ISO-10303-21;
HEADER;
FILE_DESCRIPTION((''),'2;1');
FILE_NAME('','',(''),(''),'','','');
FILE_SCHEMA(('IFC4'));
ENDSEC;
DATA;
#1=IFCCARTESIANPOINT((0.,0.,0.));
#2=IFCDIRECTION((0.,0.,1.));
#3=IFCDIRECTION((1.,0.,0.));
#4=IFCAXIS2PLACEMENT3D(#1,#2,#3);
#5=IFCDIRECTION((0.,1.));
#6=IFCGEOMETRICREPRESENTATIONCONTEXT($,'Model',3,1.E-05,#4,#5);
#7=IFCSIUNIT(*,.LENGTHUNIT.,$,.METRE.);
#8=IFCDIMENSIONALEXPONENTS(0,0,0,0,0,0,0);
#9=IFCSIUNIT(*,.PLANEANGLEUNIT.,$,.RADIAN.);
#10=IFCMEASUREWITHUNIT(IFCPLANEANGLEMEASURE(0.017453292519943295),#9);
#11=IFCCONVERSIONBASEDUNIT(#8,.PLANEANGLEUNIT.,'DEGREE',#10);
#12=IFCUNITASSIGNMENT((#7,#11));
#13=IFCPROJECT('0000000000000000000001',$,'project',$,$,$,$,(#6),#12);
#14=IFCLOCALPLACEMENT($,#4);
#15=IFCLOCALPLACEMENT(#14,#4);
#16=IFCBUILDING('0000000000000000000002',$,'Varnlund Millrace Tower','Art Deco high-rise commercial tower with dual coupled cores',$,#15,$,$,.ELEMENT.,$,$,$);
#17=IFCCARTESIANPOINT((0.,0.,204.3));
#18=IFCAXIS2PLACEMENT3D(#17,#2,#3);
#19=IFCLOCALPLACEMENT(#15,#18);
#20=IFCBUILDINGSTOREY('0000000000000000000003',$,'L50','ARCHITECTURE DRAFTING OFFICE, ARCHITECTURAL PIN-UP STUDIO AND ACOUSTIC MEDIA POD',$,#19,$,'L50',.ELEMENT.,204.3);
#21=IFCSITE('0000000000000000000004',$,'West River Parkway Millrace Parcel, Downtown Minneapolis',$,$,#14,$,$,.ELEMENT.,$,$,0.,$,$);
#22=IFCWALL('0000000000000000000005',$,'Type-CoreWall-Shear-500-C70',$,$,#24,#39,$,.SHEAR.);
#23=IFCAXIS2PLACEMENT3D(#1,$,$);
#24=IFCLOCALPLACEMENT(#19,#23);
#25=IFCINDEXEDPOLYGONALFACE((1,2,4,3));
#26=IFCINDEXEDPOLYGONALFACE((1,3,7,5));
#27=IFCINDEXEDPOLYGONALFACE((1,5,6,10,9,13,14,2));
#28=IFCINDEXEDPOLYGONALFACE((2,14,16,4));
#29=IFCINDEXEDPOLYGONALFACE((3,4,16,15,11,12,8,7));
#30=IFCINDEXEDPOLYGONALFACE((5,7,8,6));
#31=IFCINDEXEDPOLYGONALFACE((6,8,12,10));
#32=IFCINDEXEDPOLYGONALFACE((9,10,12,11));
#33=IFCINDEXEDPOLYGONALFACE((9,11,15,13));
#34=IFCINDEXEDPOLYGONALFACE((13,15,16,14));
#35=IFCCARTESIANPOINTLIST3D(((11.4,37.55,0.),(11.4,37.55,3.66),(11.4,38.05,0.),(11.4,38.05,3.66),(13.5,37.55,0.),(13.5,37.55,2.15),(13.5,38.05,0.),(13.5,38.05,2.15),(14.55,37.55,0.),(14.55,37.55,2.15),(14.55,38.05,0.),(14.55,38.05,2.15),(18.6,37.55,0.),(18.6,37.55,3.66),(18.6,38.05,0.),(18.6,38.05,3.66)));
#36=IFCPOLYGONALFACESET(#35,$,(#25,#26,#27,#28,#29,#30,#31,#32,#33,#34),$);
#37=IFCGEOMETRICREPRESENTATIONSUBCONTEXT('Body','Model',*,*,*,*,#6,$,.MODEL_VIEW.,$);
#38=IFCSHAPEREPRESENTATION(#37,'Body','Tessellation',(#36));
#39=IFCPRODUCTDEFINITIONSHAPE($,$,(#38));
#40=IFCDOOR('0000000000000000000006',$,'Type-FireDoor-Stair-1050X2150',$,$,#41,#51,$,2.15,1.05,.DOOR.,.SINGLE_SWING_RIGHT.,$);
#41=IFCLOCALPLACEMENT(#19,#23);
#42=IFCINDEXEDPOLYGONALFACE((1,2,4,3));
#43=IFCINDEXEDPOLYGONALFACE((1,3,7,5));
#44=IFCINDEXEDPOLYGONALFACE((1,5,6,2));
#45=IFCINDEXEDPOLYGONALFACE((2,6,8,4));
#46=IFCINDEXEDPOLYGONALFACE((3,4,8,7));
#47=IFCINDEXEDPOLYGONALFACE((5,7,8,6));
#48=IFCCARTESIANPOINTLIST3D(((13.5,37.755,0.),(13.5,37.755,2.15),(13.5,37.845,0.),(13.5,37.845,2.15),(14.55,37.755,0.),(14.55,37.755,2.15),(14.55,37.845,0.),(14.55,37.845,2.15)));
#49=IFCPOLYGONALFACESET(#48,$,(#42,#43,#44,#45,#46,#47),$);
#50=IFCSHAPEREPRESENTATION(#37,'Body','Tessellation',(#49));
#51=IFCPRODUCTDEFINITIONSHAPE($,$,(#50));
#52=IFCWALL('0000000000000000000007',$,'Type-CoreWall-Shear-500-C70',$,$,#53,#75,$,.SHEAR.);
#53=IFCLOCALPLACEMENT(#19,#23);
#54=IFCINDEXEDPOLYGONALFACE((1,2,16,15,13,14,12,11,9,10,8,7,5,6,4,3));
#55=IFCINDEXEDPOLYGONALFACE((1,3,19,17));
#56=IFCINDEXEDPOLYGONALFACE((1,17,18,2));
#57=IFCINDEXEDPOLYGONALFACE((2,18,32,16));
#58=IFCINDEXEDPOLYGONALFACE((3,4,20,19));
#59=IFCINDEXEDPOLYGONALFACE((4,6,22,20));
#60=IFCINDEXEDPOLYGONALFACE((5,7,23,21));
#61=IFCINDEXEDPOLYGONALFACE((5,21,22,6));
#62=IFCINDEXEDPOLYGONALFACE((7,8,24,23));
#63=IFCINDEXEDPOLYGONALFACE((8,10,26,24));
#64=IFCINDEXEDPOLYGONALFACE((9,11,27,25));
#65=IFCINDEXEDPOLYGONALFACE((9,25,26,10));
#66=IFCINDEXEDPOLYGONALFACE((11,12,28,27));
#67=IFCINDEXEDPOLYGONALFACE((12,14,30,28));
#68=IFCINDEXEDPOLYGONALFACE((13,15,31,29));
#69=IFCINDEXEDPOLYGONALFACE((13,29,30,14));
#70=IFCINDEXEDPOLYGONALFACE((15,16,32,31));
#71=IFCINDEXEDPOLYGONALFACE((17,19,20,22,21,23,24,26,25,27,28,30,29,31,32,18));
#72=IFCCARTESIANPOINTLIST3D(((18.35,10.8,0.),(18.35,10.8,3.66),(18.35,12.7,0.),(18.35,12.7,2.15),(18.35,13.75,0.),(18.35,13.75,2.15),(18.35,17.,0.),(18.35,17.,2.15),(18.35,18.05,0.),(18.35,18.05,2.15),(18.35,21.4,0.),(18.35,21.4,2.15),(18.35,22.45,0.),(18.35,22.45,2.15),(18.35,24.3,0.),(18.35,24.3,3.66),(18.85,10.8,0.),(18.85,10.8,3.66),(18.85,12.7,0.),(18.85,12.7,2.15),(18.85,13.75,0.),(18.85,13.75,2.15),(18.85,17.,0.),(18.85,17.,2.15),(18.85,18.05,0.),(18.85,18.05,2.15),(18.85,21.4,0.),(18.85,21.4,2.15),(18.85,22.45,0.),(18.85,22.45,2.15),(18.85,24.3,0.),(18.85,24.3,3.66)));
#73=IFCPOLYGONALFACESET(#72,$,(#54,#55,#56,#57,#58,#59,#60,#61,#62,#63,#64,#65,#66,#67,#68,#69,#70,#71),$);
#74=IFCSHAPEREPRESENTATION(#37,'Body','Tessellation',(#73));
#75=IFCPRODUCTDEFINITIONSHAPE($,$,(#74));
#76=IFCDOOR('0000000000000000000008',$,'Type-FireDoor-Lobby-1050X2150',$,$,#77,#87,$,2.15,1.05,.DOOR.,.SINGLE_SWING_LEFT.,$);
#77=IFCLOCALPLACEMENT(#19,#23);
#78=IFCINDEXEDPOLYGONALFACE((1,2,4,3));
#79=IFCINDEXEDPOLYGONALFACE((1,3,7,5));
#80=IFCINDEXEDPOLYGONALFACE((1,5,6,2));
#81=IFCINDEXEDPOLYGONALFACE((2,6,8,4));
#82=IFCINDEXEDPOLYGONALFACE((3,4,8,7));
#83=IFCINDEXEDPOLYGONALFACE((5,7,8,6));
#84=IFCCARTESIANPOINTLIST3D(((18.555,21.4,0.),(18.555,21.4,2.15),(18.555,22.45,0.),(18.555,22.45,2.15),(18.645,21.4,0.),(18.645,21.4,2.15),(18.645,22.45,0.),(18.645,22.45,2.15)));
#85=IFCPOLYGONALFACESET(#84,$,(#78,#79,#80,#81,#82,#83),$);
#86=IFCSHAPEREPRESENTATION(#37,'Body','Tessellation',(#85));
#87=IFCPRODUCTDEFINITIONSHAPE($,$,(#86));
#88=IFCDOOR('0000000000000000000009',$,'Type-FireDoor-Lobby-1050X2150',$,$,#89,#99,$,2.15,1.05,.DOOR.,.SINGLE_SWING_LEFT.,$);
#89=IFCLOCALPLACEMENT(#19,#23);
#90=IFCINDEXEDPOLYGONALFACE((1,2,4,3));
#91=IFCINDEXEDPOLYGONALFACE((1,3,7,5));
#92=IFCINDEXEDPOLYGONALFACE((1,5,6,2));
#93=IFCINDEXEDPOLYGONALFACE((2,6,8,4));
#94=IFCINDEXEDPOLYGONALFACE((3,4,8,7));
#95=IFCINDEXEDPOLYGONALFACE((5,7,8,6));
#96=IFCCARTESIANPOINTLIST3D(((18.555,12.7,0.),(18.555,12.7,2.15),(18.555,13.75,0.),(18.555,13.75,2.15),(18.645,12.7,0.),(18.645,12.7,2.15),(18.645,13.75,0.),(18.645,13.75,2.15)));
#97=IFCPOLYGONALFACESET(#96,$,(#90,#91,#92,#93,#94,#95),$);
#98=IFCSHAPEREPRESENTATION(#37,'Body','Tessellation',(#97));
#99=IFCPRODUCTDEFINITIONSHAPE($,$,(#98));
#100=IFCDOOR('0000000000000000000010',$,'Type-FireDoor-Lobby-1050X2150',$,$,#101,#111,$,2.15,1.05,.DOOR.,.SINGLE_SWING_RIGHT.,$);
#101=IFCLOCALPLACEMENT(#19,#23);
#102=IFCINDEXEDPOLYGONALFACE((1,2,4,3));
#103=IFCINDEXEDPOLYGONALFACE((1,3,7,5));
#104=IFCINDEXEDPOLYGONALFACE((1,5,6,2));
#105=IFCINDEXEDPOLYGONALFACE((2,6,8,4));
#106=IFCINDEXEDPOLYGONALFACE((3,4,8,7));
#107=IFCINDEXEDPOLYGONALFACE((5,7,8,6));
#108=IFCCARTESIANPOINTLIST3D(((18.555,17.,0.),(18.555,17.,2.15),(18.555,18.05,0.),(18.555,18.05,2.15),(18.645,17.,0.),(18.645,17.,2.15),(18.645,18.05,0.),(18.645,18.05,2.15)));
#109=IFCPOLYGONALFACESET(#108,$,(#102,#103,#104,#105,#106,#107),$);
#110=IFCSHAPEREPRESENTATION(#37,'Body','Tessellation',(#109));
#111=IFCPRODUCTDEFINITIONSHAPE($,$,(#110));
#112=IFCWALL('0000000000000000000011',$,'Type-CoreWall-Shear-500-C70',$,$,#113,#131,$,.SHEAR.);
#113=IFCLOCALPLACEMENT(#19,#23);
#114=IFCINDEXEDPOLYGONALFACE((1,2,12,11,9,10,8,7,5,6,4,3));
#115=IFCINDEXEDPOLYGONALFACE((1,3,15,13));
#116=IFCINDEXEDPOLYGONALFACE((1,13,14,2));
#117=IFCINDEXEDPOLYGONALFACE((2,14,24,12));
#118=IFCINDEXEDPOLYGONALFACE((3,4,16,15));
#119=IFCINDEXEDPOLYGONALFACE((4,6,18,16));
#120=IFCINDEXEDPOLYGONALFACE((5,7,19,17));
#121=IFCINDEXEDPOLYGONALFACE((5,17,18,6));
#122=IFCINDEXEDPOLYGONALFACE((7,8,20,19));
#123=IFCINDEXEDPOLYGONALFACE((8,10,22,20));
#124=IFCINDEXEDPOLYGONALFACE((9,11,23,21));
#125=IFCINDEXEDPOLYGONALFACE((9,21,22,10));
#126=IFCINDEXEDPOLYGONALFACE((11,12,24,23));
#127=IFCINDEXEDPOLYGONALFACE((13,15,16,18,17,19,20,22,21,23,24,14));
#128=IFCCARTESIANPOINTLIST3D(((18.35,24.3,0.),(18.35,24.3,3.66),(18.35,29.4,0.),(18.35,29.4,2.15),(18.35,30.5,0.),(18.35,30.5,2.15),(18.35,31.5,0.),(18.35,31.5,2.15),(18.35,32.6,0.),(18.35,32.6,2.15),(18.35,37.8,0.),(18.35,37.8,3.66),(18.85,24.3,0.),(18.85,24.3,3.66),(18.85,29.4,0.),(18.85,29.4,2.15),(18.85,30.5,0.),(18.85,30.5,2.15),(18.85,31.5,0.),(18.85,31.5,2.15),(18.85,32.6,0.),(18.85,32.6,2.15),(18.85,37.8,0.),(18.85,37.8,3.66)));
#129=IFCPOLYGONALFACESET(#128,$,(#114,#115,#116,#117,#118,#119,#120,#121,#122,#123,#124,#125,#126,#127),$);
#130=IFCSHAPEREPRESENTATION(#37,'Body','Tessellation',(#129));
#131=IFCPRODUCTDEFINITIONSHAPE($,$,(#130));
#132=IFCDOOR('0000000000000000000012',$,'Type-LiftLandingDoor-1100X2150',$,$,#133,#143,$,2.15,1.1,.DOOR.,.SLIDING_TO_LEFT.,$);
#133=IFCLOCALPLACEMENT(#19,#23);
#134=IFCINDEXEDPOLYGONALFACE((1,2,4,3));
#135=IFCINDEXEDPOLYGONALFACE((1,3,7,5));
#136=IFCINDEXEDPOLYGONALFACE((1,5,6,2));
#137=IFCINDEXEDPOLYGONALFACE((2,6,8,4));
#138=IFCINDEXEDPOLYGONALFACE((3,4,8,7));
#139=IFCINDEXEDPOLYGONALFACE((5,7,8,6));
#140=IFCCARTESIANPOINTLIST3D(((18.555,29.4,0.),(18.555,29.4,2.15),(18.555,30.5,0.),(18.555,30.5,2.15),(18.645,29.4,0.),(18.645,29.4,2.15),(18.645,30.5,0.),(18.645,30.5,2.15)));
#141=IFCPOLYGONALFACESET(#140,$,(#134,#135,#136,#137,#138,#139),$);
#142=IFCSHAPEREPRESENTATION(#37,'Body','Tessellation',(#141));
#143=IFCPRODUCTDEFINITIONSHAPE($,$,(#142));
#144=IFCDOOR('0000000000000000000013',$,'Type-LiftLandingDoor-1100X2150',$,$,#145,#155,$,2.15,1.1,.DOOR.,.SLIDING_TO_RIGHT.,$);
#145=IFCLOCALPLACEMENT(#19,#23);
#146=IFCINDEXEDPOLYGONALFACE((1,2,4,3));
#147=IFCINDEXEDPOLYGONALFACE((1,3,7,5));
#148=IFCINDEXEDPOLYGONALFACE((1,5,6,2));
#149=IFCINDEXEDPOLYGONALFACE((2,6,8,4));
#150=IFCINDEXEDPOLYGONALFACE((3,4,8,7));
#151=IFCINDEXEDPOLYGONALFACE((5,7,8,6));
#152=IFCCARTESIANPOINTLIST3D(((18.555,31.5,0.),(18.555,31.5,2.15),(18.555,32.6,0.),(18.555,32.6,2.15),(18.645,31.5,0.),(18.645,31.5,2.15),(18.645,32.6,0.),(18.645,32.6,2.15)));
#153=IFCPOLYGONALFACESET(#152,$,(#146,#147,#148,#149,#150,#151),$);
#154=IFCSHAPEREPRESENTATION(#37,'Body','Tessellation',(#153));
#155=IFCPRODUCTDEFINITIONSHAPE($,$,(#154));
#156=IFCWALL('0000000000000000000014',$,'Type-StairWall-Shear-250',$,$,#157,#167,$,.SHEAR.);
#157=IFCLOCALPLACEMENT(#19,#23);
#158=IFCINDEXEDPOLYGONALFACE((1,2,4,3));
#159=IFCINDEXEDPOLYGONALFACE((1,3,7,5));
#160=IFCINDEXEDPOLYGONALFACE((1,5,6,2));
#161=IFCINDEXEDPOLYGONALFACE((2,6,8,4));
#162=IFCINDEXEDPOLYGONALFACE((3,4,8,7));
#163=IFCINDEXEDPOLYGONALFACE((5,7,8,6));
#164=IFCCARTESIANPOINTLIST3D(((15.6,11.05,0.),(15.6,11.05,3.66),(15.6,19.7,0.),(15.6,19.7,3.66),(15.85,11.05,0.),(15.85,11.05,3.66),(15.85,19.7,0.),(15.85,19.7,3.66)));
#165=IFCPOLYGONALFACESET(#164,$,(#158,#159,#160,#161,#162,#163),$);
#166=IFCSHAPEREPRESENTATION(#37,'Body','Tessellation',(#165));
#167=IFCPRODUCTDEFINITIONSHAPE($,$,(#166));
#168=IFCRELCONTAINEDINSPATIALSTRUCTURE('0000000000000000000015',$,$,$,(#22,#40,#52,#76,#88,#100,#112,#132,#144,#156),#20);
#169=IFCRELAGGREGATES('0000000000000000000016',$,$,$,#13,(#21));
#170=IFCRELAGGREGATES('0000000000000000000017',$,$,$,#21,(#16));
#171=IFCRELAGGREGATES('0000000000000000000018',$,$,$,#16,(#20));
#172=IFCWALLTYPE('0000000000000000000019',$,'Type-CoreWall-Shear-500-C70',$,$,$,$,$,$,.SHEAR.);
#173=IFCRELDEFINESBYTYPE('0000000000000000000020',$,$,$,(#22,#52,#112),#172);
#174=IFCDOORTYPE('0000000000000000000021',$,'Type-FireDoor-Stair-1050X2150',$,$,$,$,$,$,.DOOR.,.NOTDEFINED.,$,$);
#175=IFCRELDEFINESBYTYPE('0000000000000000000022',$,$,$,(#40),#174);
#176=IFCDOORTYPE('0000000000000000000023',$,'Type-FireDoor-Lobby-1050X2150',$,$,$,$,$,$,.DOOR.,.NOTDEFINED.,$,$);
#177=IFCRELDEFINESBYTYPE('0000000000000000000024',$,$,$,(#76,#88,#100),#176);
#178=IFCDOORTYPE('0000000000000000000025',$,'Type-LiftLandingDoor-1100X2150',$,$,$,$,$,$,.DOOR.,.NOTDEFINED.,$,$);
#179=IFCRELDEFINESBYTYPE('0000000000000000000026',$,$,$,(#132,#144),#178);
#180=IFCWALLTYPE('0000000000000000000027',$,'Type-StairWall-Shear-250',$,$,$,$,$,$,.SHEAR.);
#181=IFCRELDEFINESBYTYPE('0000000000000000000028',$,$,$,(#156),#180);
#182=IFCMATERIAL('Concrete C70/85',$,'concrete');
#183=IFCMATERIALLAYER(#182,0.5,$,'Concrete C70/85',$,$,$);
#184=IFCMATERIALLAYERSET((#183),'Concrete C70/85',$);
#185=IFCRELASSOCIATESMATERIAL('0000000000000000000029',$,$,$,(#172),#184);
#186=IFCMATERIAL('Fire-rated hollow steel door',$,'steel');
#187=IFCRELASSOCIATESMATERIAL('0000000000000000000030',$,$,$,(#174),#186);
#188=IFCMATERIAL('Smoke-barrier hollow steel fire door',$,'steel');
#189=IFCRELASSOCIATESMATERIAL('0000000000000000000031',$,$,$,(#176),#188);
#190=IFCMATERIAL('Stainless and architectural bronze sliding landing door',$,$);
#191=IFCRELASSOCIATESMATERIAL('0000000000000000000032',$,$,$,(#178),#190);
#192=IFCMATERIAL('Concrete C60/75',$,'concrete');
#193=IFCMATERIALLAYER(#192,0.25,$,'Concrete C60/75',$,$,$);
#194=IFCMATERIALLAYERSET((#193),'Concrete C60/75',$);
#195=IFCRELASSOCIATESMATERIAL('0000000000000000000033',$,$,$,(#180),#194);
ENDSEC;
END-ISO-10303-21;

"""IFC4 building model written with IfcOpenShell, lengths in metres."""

from ifc_helpers import new_model, entity, si_unit, converted_unit, direction, frame, origin_with_axes, origin_2d_with_axis, place, context, subcontext, project, spatial, polyline, rectangle, outline, extrude, material, layer, layer_set, type_object, element, fill, save


model = new_model("IFC4")

# Units and contexts
model_context = context("Model", 3, precision=1e-05, world=origin_with_axes(), true_north=direction((0.0, 1.0)))
body_context = subcontext(model_context, "Body", "Model", "MODEL_VIEW")
ifc_project = project(units=[si_unit("LENGTHUNIT", "METRE"), converted_unit("PLANEANGLEUNIT", "DEGREE", entity("IfcPlaneAngleMeasure", 0.017453292519943295), si_unit("PLANEANGLEUNIT", "RADIAN"), dimensions=[0, 0, 0, 0, 0, 0, 0])], contexts=[model_context])

# Site, building, storey
site_placement = place(None, origin_with_axes())
site = spatial("IfcSite", under=ifc_project, at=site_placement, Name="West River Parkway Millrace Parcel, Downtown Minneapolis", CompositionType="ELEMENT", RefElevation=0.0)
building_placement = place(site_placement, origin_with_axes())
building = spatial("IfcBuilding", under=site, at=building_placement, Name="Varnlund Millrace Tower", Description="Art Deco high-rise commercial tower with dual coupled cores", CompositionType="ELEMENT")
storey_placement = place(building_placement, frame((0.0, 0.0, 204.3), z_axis=(0.0, 0.0, 1.0), x_axis=(1.0, 0.0, 0.0)))
storey = spatial("IfcBuildingStorey", under=building, at=storey_placement, Name="L50", Description="ARCHITECTURE DRAFTING OFFICE, ARCHITECTURAL PIN-UP STUDIO AND ACOUSTIC MEDIA POD", LongName="L50", CompositionType="ELEMENT", Elevation=204.3)

# Shared definitions
ifc_material_1 = material(Name="Concrete C60/75", Category="concrete")

# Shared definitions
ifc_material_2 = material(Name="Concrete C70/85", Category="concrete")
ifc_layer_1 = layer(ifc_material_2, 0.5, Name="Concrete C70/85")
ifc_layer_set_1 = layer_set([ifc_layer_1], Name="Concrete C70/85")
wall_type_1 = type_object("IfcWallType", Name="Type-CoreWall-Shear-500-C70", PredefinedType="SHEAR", material=ifc_layer_set_1)

# Wall, opening, door
ifc_material_3 = material(Name="Fire-rated hollow steel door", Category="steel")
door_type_1 = type_object("IfcDoorType", Name="Type-FireDoor-Stair-1050X2150", OperationType="NOTDEFINED", PredefinedType="DOOR", material=ifc_material_3)
wall_1_placement = place(storey_placement, frame((11.4, 37.8, 0.0), z_axis=(0.0, 0.0, 1.0), x_axis=(1.0, 0.0, 0.0)))
wall_1 = element("IfcWall", 1, at=wall_1_placement, inside=storey, type_object=wall_type_1, Name="Type-CoreWall-Shear-500-C70", PredefinedType="SHEAR", context=body_context, shape_type="SweptSolid", body=[
    extrude(outline(polyline([(0.0, -0.25), (7.2, -0.25), (7.2, 0.25), (0.0, 0.25), (0.0, -0.25)])), origin_with_axes(), (0.0, 0.0, 1.0), 3.66),
])
opening_1_placement = place(wall_1_placement, frame((2.625, 0.0, 0.0), z_axis=(0.0, 0.0, 1.0), x_axis=(1.0, 0.0, 0.0)))
opening_1 = element("IfcOpeningElement", 2, at=opening_1_placement, cuts=wall_1, PredefinedType="OPENING", context=body_context, shape_type="SweptSolid", body=[
    extrude(rectangle(XDim=1.05, YDim=0.52, at=origin_2d_with_axis()), origin_with_axes(), (0.0, 0.0, 1.0), 2.15),
])
door_1_placement = place(wall_1_placement, frame((2.625, 0.0, 0.0), z_axis=(0.0, 0.0, 1.0), x_axis=(1.0, 0.0, 0.0)))
door_1 = element("IfcDoor", 3, at=door_1_placement, inside=storey, type_object=door_type_1, Name="Type-FireDoor-Stair-1050X2150", OperationType="SINGLE_SWING_RIGHT", OverallHeight=2.15, OverallWidth=1.05, PredefinedType="DOOR", context=body_context, shape_type="SweptSolid", body=[
    extrude(rectangle(XDim=1.05, YDim=0.09, at=origin_2d_with_axis()), origin_with_axes(), (0.0, 0.0, 1.0), 2.15),
])
fill(opening_1, door_1)

# Walls, openings, doors
wall_2_placement = place(storey_placement, frame((18.6, 10.8, 0.0), z_axis=(0.0, 0.0, 1.0), x_axis=(0.0, 1.0, 0.0)))
wall_2 = element("IfcWall", 4, at=wall_2_placement, inside=storey, type_object=wall_type_1, Name="Type-CoreWall-Shear-500-C70", PredefinedType="SHEAR", context=body_context, shape_type="SweptSolid", body=[
    extrude(outline(polyline([(0.0, -0.25), (13.5, -0.25), (13.5, 0.25), (0.0, 0.25), (0.0, -0.25)])), origin_with_axes(), (0.0, 0.0, 1.0), 3.66),
])
opening_2_placement = place(wall_2_placement, frame((11.125, 0.0, 0.0), z_axis=(0.0, 0.0, 1.0), x_axis=(1.0, 0.0, 0.0)))
opening_2 = element("IfcOpeningElement", 5, at=opening_2_placement, cuts=wall_2, PredefinedType="OPENING", context=body_context, shape_type="SweptSolid", body=[
    extrude(rectangle(XDim=1.05, YDim=0.52, at=origin_2d_with_axis()), origin_with_axes(), (0.0, 0.0, 1.0), 2.15),
])
opening_3_placement = place(wall_2_placement, frame((2.425, 0.0, 0.0), z_axis=(0.0, 0.0, 1.0), x_axis=(1.0, 0.0, 0.0)))
opening_3 = element("IfcOpeningElement", 6, at=opening_3_placement, cuts=wall_2, PredefinedType="OPENING", context=body_context, shape_type="SweptSolid", body=[
    extrude(rectangle(XDim=1.05, YDim=0.52, at=origin_2d_with_axis()), origin_with_axes(), (0.0, 0.0, 1.0), 2.15),
])
opening_4_placement = place(wall_2_placement, frame((6.725, 0.0, 0.0), z_axis=(0.0, 0.0, 1.0), x_axis=(1.0, 0.0, 0.0)))
opening_4 = element("IfcOpeningElement", 7, at=opening_4_placement, cuts=wall_2, PredefinedType="OPENING", context=body_context, shape_type="SweptSolid", body=[
    extrude(rectangle(XDim=1.05, YDim=0.52, at=origin_2d_with_axis()), origin_with_axes(), (0.0, 0.0, 1.0), 2.15),
])
ifc_material_4 = material(Name="Smoke-barrier hollow steel fire door", Category="steel")
door_type_2 = type_object("IfcDoorType", Name="Type-FireDoor-Lobby-1050X2150", OperationType="NOTDEFINED", PredefinedType="DOOR", material=ifc_material_4)
door_2_placement = place(wall_2_placement, frame((11.125, 0.0, 0.0), z_axis=(0.0, 0.0, 1.0), x_axis=(1.0, 0.0, 0.0)))
door_2 = element("IfcDoor", 8, at=door_2_placement, inside=storey, type_object=door_type_2, Name="Type-FireDoor-Lobby-1050X2150", OperationType="SINGLE_SWING_LEFT", OverallHeight=2.15, OverallWidth=1.05, PredefinedType="DOOR", context=body_context, shape_type="SweptSolid", body=[
    extrude(rectangle(XDim=1.05, YDim=0.09, at=origin_2d_with_axis()), origin_with_axes(), (0.0, 0.0, 1.0), 2.15),
])
fill(opening_2, door_2)
door_3_placement = place(wall_2_placement, frame((2.425, 0.0, 0.0), z_axis=(0.0, 0.0, 1.0), x_axis=(1.0, 0.0, 0.0)))
door_3 = element("IfcDoor", 9, at=door_3_placement, inside=storey, type_object=door_type_2, Name="Type-FireDoor-Lobby-1050X2150", OperationType="SINGLE_SWING_LEFT", OverallHeight=2.15, OverallWidth=1.05, PredefinedType="DOOR", context=body_context, shape_type="SweptSolid", body=[
    extrude(rectangle(XDim=1.05, YDim=0.09, at=origin_2d_with_axis()), origin_with_axes(), (0.0, 0.0, 1.0), 2.15),
])
fill(opening_3, door_3)
door_4_placement = place(wall_2_placement, frame((6.725, 0.0, 0.0), z_axis=(0.0, 0.0, 1.0), x_axis=(1.0, 0.0, 0.0)))
door_4 = element("IfcDoor", 10, at=door_4_placement, inside=storey, type_object=door_type_2, Name="Type-FireDoor-Lobby-1050X2150", OperationType="SINGLE_SWING_RIGHT", OverallHeight=2.15, OverallWidth=1.05, PredefinedType="DOOR", context=body_context, shape_type="SweptSolid", body=[
    extrude(rectangle(XDim=1.05, YDim=0.09, at=origin_2d_with_axis()), origin_with_axes(), (0.0, 0.0, 1.0), 2.15),
])
fill(opening_4, door_4)
wall_3_placement = place(storey_placement, frame((18.6, 24.3, 0.0), z_axis=(0.0, 0.0, 1.0), x_axis=(0.0, 1.0, 0.0)))
wall_3 = element("IfcWall", 11, at=wall_3_placement, inside=storey, type_object=wall_type_1, Name="Type-CoreWall-Shear-500-C70", PredefinedType="SHEAR", context=body_context, shape_type="SweptSolid", body=[
    extrude(outline(polyline([(0.0, -0.25), (13.5, -0.25), (13.5, 0.25), (0.0, 0.25), (0.0, -0.25)])), origin_with_axes(), (0.0, 0.0, 1.0), 3.66),
])
opening_5_placement = place(wall_3_placement, frame((5.65, 0.0, 0.0), z_axis=(0.0, 0.0, 1.0), x_axis=(1.0, 0.0, 0.0)))
opening_5 = element("IfcOpeningElement", 12, at=opening_5_placement, cuts=wall_3, PredefinedType="OPENING", context=body_context, shape_type="SweptSolid", body=[
    extrude(rectangle(XDim=1.1, YDim=0.52, at=origin_2d_with_axis()), origin_with_axes(), (0.0, 0.0, 1.0), 2.15),
])
opening_6_placement = place(wall_3_placement, frame((7.75, 0.0, 0.0), z_axis=(0.0, 0.0, 1.0), x_axis=(1.0, 0.0, 0.0)))
opening_6 = element("IfcOpeningElement", 13, at=opening_6_placement, cuts=wall_3, PredefinedType="OPENING", context=body_context, shape_type="SweptSolid", body=[
    extrude(rectangle(XDim=1.1, YDim=0.52, at=origin_2d_with_axis()), origin_with_axes(), (0.0, 0.0, 1.0), 2.15),
])
ifc_material_5 = material(Name="Stainless and architectural bronze sliding landing door")
door_type_3 = type_object("IfcDoorType", Name="Type-LiftLandingDoor-1100X2150", OperationType="NOTDEFINED", PredefinedType="DOOR", material=ifc_material_5)
door_5_placement = place(wall_3_placement, frame((5.65, 0.0, 0.0), z_axis=(0.0, 0.0, 1.0), x_axis=(1.0, 0.0, 0.0)))
door_5 = element("IfcDoor", 14, at=door_5_placement, inside=storey, type_object=door_type_3, Name="Type-LiftLandingDoor-1100X2150", OperationType="SLIDING_TO_LEFT", OverallHeight=2.15, OverallWidth=1.1, PredefinedType="DOOR", context=body_context, shape_type="SweptSolid", body=[
    extrude(rectangle(XDim=1.1, YDim=0.09, at=origin_2d_with_axis()), origin_with_axes(), (0.0, 0.0, 1.0), 2.15),
])
fill(opening_5, door_5)
door_6_placement = place(wall_3_placement, frame((7.75, 0.0, 0.0), z_axis=(0.0, 0.0, 1.0), x_axis=(1.0, 0.0, 0.0)))
door_6 = element("IfcDoor", 15, at=door_6_placement, inside=storey, type_object=door_type_3, Name="Type-LiftLandingDoor-1100X2150", OperationType="SLIDING_TO_RIGHT", OverallHeight=2.15, OverallWidth=1.1, PredefinedType="DOOR", context=body_context, shape_type="SweptSolid", body=[
    extrude(rectangle(XDim=1.1, YDim=0.09, at=origin_2d_with_axis()), origin_with_axes(), (0.0, 0.0, 1.0), 2.15),
])
fill(opening_6, door_6)

# Wall
ifc_layer_2 = layer(ifc_material_1, 0.25, Name="Concrete C60/75")
ifc_layer_set_2 = layer_set([ifc_layer_2], Name="Concrete C60/75")
wall_type_2 = type_object("IfcWallType", Name="Type-StairWall-Shear-250", PredefinedType="SHEAR", material=ifc_layer_set_2)
wall_4_placement = place(storey_placement, frame((15.725, 11.05, 0.0), z_axis=(0.0, 0.0, 1.0), x_axis=(0.0, 1.0, 0.0)))
element("IfcWall", 16, at=wall_4_placement, inside=storey, type_object=wall_type_2, Name="Type-StairWall-Shear-250", PredefinedType="SHEAR", context=body_context, shape_type="SweptSolid", body=[
    extrude(outline(polyline([(0.0, -0.125), (8.65, -0.125), (8.65, 0.125), (0.0, 0.125), (0.0, -0.125)])), origin_with_axes(), (0.0, 0.0, 1.0), 3.66),
])

save(model, "model.ifc")
